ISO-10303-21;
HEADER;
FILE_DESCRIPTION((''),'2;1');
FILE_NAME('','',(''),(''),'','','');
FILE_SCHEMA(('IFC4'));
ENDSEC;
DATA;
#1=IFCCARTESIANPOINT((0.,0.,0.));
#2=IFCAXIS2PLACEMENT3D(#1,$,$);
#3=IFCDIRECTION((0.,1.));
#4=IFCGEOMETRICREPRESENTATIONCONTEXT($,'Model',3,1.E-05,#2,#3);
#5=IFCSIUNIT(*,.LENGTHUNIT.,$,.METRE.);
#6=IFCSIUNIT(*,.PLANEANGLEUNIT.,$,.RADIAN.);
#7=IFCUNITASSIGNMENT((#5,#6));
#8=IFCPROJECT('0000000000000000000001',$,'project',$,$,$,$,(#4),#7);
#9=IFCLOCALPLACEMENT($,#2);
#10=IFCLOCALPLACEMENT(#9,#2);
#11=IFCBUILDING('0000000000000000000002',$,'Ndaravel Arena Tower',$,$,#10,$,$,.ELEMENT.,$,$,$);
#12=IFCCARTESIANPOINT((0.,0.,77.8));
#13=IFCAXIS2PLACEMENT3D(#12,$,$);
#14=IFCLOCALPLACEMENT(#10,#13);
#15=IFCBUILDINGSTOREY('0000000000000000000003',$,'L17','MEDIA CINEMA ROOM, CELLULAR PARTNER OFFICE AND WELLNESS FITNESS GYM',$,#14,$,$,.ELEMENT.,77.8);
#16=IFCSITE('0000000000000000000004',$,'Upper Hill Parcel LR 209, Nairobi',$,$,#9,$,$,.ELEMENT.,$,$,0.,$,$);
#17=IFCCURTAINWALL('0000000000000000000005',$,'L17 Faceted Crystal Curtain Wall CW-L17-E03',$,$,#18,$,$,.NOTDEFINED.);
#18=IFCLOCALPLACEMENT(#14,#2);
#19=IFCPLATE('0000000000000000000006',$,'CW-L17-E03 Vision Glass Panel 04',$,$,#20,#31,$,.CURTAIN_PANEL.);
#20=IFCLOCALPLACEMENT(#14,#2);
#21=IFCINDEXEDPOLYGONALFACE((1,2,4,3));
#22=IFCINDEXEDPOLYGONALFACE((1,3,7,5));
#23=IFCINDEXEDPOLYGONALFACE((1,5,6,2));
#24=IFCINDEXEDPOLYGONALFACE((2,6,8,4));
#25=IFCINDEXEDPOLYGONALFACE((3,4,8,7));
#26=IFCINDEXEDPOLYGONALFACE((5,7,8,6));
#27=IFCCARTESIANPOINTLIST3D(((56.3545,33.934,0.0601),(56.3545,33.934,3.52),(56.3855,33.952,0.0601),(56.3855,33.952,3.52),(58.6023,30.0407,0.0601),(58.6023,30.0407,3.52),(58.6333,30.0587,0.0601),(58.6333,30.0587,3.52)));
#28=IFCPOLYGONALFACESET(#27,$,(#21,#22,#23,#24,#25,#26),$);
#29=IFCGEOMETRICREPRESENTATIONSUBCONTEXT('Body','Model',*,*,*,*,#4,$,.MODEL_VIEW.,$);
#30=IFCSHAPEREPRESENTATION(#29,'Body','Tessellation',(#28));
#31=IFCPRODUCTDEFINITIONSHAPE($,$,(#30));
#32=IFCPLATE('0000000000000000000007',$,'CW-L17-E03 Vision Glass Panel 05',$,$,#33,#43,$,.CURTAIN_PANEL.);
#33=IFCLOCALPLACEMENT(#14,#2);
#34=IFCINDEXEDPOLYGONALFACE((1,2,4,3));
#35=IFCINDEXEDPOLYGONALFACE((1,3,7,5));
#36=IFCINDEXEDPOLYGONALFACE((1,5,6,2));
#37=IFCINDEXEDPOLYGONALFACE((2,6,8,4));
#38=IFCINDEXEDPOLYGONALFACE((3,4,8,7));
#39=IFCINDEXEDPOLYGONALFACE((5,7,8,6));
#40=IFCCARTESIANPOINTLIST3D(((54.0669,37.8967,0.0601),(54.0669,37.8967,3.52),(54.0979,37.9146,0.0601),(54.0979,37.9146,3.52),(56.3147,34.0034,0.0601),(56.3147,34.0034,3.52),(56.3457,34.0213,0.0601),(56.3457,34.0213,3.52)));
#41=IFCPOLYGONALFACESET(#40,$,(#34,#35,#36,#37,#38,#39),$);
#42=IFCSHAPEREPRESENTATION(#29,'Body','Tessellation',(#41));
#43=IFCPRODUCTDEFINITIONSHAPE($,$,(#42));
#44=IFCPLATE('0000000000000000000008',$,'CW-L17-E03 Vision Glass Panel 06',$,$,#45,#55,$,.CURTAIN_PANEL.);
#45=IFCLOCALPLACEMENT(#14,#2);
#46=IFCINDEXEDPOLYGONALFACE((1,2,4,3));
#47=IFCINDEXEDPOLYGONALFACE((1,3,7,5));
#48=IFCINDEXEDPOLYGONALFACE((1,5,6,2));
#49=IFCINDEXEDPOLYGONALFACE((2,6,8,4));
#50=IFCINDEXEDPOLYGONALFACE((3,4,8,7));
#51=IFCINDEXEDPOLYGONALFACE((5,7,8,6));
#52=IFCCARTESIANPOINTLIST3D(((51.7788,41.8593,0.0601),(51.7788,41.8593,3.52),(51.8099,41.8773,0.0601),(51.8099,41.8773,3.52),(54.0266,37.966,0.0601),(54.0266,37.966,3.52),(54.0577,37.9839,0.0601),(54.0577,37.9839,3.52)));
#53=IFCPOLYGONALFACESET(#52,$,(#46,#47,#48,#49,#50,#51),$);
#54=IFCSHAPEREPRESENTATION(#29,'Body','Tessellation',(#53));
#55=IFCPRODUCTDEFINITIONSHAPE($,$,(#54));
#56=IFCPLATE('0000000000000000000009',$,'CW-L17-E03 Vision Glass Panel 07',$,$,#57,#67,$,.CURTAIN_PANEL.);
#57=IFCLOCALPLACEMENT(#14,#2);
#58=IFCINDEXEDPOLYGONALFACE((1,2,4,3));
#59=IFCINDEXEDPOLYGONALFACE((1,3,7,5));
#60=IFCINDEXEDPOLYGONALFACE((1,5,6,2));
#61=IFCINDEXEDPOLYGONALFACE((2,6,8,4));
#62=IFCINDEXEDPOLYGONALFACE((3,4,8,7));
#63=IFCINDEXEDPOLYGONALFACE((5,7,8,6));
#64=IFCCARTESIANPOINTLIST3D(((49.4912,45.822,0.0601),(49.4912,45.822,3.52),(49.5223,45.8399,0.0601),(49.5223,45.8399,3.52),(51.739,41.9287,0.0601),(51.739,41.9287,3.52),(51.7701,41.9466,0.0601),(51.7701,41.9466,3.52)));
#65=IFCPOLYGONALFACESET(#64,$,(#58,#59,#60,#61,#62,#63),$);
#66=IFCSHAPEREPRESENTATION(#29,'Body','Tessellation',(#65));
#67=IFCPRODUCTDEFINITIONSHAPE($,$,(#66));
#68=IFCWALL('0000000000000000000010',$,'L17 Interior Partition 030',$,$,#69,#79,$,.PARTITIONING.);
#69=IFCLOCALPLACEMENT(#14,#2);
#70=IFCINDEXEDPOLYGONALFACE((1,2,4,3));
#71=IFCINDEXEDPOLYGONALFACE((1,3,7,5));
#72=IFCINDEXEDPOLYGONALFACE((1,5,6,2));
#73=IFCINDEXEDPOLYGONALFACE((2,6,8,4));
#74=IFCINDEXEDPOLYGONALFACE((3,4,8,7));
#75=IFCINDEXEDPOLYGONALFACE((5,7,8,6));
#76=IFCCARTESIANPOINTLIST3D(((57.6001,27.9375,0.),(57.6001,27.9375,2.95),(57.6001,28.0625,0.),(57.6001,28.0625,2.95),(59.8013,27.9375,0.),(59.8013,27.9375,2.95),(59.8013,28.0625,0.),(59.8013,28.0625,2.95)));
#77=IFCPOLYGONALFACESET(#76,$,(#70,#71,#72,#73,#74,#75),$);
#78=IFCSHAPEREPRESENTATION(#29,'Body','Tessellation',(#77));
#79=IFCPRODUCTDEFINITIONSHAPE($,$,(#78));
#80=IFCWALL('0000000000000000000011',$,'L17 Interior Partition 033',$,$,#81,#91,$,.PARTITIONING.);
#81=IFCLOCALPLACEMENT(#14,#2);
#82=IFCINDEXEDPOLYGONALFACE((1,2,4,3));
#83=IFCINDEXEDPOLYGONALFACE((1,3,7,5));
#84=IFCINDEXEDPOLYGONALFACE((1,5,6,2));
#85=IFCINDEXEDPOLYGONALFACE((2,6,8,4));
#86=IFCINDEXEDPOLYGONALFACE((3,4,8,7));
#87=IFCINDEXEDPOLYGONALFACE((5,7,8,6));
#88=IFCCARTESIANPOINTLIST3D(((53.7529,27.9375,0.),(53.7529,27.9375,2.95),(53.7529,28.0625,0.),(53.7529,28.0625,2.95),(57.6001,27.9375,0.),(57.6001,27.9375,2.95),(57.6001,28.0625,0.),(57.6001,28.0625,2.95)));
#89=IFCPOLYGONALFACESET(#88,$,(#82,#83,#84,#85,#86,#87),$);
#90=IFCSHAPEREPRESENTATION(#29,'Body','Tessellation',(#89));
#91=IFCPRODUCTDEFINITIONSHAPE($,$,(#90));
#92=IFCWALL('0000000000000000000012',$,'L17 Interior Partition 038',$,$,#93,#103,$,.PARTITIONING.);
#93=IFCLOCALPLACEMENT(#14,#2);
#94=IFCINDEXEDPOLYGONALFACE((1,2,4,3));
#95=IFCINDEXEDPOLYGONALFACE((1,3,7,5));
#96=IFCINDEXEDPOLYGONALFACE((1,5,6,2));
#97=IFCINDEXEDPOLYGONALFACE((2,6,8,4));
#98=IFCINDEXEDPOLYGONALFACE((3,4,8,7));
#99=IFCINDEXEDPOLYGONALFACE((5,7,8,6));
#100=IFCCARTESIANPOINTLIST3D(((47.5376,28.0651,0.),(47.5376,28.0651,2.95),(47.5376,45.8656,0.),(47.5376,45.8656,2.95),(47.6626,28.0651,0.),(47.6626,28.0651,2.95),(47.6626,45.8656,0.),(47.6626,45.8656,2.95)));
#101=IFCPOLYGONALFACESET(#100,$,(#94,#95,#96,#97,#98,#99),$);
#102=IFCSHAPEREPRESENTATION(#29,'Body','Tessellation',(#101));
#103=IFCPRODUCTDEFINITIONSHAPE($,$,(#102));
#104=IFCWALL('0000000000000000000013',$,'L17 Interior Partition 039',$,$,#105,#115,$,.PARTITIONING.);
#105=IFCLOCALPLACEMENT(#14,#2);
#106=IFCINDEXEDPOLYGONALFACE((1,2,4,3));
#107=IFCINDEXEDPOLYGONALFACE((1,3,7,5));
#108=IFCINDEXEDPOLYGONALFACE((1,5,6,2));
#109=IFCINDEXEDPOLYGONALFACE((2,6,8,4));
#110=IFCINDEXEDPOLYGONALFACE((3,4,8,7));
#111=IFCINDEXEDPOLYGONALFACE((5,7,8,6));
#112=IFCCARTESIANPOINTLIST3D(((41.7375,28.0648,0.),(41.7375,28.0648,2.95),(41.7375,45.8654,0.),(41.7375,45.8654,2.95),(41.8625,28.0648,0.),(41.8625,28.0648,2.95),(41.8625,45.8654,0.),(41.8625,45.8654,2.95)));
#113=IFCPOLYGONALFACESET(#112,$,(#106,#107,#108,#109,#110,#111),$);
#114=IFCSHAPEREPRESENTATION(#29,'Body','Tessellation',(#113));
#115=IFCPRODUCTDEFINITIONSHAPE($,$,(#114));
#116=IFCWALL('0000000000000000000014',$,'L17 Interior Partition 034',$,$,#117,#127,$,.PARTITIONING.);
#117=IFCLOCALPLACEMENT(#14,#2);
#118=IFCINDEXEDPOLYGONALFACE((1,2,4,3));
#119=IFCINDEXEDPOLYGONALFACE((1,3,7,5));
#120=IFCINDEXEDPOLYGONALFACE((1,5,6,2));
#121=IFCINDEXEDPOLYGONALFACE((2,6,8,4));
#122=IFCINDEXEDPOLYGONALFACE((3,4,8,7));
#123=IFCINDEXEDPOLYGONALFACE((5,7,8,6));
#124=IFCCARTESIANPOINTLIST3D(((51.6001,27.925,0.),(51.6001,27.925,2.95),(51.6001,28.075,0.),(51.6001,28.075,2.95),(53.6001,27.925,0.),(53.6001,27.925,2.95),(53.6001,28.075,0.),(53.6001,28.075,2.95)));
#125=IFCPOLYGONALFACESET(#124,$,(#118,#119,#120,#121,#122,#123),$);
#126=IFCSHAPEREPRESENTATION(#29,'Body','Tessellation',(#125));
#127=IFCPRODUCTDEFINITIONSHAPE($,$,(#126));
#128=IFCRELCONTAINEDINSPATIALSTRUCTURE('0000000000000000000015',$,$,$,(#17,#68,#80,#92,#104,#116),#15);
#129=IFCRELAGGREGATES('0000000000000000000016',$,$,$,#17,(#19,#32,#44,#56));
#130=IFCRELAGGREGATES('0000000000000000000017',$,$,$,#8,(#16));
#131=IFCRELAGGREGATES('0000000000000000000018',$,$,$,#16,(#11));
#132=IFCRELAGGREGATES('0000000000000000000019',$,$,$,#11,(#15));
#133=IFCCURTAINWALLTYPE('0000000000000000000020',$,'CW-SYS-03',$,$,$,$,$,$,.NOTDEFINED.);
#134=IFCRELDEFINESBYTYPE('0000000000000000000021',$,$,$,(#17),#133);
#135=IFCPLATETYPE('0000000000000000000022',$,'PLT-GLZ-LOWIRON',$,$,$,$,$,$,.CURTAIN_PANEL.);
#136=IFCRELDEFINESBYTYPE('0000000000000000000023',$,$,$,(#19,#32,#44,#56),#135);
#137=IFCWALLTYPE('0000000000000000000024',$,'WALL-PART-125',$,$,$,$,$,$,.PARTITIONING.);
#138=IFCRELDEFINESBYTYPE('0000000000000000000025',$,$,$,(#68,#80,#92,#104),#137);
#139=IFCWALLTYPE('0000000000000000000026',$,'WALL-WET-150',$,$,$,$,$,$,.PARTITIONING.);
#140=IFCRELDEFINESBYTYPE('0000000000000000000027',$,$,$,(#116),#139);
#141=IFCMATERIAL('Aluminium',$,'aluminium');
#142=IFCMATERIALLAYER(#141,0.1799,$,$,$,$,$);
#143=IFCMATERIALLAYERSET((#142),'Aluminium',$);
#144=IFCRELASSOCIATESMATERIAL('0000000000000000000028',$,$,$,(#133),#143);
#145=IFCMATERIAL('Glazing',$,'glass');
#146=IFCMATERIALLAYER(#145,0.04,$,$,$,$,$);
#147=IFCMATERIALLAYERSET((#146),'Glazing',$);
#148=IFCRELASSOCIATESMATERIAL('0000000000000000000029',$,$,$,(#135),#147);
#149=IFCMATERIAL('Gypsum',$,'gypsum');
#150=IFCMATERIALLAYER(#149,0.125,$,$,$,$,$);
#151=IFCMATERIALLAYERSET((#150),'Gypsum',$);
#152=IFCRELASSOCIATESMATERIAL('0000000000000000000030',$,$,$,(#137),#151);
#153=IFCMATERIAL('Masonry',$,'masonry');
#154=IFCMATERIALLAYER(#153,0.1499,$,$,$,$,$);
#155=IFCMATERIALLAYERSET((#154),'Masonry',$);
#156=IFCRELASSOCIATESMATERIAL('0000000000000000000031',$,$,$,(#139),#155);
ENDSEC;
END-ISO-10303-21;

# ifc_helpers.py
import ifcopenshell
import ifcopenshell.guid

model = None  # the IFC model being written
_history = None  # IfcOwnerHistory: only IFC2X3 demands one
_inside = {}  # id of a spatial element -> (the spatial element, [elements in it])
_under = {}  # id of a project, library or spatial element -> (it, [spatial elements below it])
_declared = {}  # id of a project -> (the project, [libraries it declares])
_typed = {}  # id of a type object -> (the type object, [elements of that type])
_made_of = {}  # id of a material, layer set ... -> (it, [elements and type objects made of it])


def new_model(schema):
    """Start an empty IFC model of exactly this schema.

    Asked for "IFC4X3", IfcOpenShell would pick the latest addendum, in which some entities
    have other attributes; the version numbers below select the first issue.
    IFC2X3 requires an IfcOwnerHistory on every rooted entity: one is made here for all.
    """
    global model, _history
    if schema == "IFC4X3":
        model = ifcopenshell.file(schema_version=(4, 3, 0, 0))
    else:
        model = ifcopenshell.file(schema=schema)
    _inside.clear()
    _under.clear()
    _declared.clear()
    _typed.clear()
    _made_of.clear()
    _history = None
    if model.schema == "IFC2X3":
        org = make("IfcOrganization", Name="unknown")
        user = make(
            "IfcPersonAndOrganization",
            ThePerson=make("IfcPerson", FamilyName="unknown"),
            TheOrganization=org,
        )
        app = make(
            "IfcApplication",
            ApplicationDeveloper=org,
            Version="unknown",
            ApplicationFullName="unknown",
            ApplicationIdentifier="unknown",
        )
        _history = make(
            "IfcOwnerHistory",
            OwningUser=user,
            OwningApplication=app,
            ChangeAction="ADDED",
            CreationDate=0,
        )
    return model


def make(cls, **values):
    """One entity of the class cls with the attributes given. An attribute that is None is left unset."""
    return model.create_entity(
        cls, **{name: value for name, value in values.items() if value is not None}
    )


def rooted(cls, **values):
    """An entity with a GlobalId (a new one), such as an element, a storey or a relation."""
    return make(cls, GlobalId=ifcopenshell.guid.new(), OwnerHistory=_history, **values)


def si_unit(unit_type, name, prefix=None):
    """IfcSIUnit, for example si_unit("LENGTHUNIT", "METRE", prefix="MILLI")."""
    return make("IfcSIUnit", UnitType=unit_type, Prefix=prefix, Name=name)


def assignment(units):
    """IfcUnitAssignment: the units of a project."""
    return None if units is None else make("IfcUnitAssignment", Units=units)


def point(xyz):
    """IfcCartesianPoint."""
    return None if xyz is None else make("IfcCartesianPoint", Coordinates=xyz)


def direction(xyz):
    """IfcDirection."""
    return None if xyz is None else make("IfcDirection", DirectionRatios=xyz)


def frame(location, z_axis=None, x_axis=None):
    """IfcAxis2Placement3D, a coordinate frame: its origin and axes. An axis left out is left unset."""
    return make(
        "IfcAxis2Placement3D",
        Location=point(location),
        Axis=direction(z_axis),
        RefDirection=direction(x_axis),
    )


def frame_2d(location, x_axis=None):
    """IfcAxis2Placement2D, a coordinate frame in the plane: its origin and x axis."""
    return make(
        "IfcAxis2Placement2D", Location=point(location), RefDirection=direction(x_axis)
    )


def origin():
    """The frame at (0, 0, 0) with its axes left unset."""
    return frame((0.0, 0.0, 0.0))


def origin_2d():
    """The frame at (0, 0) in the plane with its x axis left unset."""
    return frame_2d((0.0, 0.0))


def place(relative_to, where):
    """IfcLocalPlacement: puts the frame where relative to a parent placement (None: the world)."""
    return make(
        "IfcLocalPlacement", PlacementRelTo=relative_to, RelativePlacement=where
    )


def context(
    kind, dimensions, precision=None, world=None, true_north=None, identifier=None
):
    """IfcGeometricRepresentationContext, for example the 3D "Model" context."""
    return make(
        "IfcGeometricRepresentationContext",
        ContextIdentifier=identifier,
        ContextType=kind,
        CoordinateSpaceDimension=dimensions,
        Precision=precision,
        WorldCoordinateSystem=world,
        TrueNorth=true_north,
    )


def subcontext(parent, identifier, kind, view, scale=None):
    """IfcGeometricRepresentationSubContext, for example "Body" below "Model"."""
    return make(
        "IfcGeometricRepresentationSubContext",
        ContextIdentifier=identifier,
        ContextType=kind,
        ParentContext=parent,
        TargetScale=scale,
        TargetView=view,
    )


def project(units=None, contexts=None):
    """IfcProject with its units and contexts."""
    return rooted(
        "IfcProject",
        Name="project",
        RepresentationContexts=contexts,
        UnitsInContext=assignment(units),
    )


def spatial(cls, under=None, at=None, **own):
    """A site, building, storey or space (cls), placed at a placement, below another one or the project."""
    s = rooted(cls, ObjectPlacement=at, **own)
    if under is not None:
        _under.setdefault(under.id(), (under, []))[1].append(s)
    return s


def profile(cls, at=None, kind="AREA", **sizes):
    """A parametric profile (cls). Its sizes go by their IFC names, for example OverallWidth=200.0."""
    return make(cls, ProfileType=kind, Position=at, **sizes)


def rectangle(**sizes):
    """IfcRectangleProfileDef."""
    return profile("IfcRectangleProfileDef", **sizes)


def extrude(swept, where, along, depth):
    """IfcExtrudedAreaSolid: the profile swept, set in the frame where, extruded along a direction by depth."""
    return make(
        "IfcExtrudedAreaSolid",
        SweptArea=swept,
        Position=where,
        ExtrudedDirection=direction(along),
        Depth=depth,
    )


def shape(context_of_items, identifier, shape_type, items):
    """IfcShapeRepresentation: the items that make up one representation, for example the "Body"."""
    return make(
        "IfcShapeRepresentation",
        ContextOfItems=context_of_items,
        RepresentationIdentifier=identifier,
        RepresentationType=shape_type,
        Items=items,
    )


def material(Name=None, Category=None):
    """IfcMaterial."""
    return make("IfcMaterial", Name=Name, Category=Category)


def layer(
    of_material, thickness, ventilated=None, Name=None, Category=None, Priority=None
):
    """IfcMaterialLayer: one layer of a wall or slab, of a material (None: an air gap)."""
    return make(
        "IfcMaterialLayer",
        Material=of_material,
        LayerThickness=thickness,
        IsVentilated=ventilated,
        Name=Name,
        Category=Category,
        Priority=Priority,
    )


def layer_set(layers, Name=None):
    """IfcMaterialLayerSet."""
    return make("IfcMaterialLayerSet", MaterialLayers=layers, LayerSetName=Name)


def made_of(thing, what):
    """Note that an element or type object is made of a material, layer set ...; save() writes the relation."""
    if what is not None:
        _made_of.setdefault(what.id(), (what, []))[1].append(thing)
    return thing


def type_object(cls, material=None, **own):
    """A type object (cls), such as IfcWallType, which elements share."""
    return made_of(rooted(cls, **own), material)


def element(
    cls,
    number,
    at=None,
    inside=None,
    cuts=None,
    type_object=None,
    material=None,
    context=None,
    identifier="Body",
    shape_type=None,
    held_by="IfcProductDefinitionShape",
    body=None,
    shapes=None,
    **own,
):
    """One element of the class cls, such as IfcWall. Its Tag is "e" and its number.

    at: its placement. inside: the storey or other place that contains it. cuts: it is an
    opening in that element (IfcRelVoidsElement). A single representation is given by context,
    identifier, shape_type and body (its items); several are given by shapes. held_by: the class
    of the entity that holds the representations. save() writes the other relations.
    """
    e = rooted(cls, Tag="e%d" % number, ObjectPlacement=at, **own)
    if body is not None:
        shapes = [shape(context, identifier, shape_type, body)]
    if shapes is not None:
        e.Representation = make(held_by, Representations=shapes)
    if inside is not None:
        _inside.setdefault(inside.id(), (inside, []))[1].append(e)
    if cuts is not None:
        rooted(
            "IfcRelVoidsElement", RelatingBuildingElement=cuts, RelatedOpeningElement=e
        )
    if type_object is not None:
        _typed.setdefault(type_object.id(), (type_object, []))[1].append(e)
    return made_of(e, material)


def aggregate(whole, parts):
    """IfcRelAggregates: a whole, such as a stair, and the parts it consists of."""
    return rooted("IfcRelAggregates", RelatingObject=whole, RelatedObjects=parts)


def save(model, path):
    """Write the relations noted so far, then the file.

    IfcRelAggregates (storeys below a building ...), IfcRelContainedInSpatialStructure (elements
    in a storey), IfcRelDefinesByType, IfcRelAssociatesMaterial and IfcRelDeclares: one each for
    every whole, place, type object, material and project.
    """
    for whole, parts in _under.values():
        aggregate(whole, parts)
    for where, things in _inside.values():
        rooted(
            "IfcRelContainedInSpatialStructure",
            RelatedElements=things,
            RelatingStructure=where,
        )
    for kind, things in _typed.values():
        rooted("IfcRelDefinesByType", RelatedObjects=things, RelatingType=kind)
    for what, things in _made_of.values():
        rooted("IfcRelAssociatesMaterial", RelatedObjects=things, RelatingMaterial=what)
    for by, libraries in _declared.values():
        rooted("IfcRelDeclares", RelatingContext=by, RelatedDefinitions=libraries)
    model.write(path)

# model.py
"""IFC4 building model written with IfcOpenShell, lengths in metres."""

from ifc_helpers import new_model, si_unit, direction, frame, frame_2d, origin, origin_2d, place, context, subcontext, project, spatial, rectangle, extrude, material, layer, layer_set, type_object, element, aggregate, save


model = new_model("IFC4")

# Units and contexts
model_context = context("Model", 3, precision=1e-05, world=origin(), true_north=direction((0.0, 1.0)))
body_context = subcontext(model_context, "Body", "Model", "MODEL_VIEW")
ifc_project = project(units=[si_unit("LENGTHUNIT", "METRE"), si_unit("PLANEANGLEUNIT", "RADIAN")], contexts=[model_context])

# Site, building, storey
site_placement = place(None, origin())
site = spatial("IfcSite", under=ifc_project, at=site_placement, Name="Upper Hill Parcel LR 209, Nairobi", CompositionType="ELEMENT", RefElevation=0.0)
building_placement = place(site_placement, origin())
building = spatial("IfcBuilding", under=site, at=building_placement, Name="Ndaravel Arena Tower", CompositionType="ELEMENT")
storey_placement = place(building_placement, frame((0.0, 0.0, 77.8)))
storey = spatial("IfcBuildingStorey", under=building, at=storey_placement, Name="L17", Description="MEDIA CINEMA ROOM, CELLULAR PARTNER OFFICE AND WELLNESS FITNESS GYM", CompositionType="ELEMENT", Elevation=77.8)

# Curtain wall
ifc_material_1 = material(Name="Aluminium", Category="aluminium")
ifc_layer_1 = layer(ifc_material_1, 0.1799)
ifc_layer_set_1 = layer_set([ifc_layer_1], Name="Aluminium")
curtain_wall_type_1 = type_object("IfcCurtainWallType", Name="CW-SYS-03", PredefinedType="NOTDEFINED", material=ifc_layer_set_1)
curtain_wall_1_placement = place(storey_placement, origin())
curtain_wall_1 = element("IfcCurtainWall", 1, at=curtain_wall_1_placement, inside=storey, type_object=curtain_wall_type_1, Name="L17 Faceted Crystal Curtain Wall CW-L17-E03", PredefinedType="NOTDEFINED")

# Plates
ifc_material_2 = material(Name="Glazing", Category="glass")
ifc_layer_2 = layer(ifc_material_2, 0.04)
ifc_layer_set_2 = layer_set([ifc_layer_2], Name="Glazing")
plate_type_1 = type_object("IfcPlateType", Name="PLT-GLZ-LOWIRON", PredefinedType="CURTAIN_PANEL", material=ifc_layer_set_2)
plate_1_placement = place(storey_placement, frame((57.4939, 31.9963, 0.0601), z_axis=(0.0, 0.0, 1.0), x_axis=(-0.5, 0.866025, 0.0)))
plate_1 = element("IfcPlate", 2, at=plate_1_placement, type_object=plate_type_1, Name="CW-L17-E03 Vision Glass Panel 04", PredefinedType="CURTAIN_PANEL", context=body_context, shape_type="SweptSolid", body=[
    extrude(rectangle(XDim=4.4956, YDim=0.0359, at=origin_2d()), origin(), (0.0, 0.0, 1.0), 3.46),
])
plate_2_placement = place(storey_placement, frame((55.2063, 35.959, 0.0601), z_axis=(0.0, 0.0, 1.0), x_axis=(-0.5, 0.866025, 0.0)))
plate_2 = element("IfcPlate", 3, at=plate_2_placement, type_object=plate_type_1, Name="CW-L17-E03 Vision Glass Panel 05", PredefinedType="CURTAIN_PANEL", context=body_context, shape_type="SweptSolid", body=[
    extrude(rectangle(XDim=4.4956, YDim=0.0359, at=origin_2d()), origin(), (0.0, 0.0, 1.0), 3.46),
])
plate_3_placement = place(storey_placement, frame((52.9182, 39.9216, 0.0601), z_axis=(0.0, 0.0, 1.0), x_axis=(-0.5, 0.866025, 0.0)))
plate_3 = element("IfcPlate", 4, at=plate_3_placement, type_object=plate_type_1, Name="CW-L17-E03 Vision Glass Panel 06", PredefinedType="CURTAIN_PANEL", context=body_context, shape_type="SweptSolid", body=[
    extrude(rectangle(XDim=4.4956, YDim=0.0359, at=origin_2d()), origin(), (0.0, 0.0, 1.0), 3.46),
])
plate_4_placement = place(storey_placement, frame((50.6306, 43.8843, 0.0601), z_axis=(0.0, 0.0, 1.0), x_axis=(-0.5, 0.866025, 0.0)))
plate_4 = element("IfcPlate", 5, at=plate_4_placement, type_object=plate_type_1, Name="CW-L17-E03 Vision Glass Panel 07", PredefinedType="CURTAIN_PANEL", context=body_context, shape_type="SweptSolid", body=[
    extrude(rectangle(XDim=4.4956, YDim=0.0359, at=origin_2d()), origin(), (0.0, 0.0, 1.0), 3.46),
])
aggregate(curtain_wall_1, [plate_1, plate_2, plate_3, plate_4])

# Walls
ifc_material_3 = material(Name="Gypsum", Category="gypsum")
ifc_layer_3 = layer(ifc_material_3, 0.125)
ifc_layer_set_3 = layer_set([ifc_layer_3], Name="Gypsum")
wall_type_1 = type_object("IfcWallType", Name="WALL-PART-125", PredefinedType="PARTITIONING", material=ifc_layer_set_3)
wall_1_placement = place(storey_placement, frame((57.6001, 28.0, 0.0), z_axis=(0.0, 0.0, 1.0), x_axis=(1.0, 0.0, 0.0)))
element("IfcWall", 6, at=wall_1_placement, inside=storey, type_object=wall_type_1, Name="L17 Interior Partition 030", PredefinedType="PARTITIONING", context=body_context, shape_type="SweptSolid", body=[
    extrude(rectangle(XDim=2.2012, YDim=0.125, at=frame_2d((1.1006, 0.0))), origin(), (0.0, 0.0, 1.0), 2.95),
])
wall_2_placement = place(storey_placement, frame((53.7529, 28.0, 0.0), z_axis=(0.0, 0.0, 1.0), x_axis=(1.0, 0.0, 0.0)))
element("IfcWall", 7, at=wall_2_placement, inside=storey, type_object=wall_type_1, Name="L17 Interior Partition 033", PredefinedType="PARTITIONING", context=body_context, shape_type="SweptSolid", body=[
    extrude(rectangle(XDim=3.8472, YDim=0.125, at=frame_2d((1.9236, 0.0))), origin(), (0.0, 0.0, 1.0), 2.95),
])
for number, where, z_axis, x_axis, name in (
    (8, (47.6001, 28.0649, 0.0), (0.0, 0.0, 1.0), (0.0, 1.0, 0.0), "L17 Interior Partition 038"),
    (9, (41.8, 45.8655, 0.0), (0.0, 0.0, 1.0), (0.0, -1.0, 0.0), "L17 Interior Partition 039"),
):
    element("IfcWall", number, at=place(storey_placement, frame(where, z_axis=z_axis, x_axis=x_axis)), inside=storey, type_object=wall_type_1, Name=name, PredefinedType="PARTITIONING", context=body_context, shape_type="SweptSolid", body=[
        extrude(rectangle(XDim=17.8005, YDim=0.125, at=frame_2d((8.9004, 0.0))), origin(), (0.0, 0.0, 1.0), 2.95),
    ])
ifc_material_4 = material(Name="Masonry", Category="masonry")
ifc_layer_4 = layer(ifc_material_4, 0.1499)
ifc_layer_set_4 = layer_set([ifc_layer_4], Name="Masonry")
wall_type_2 = type_object("IfcWallType", Name="WALL-WET-150", PredefinedType="PARTITIONING", material=ifc_layer_set_4)
wall_3_placement = place(storey_placement, frame((51.6001, 28.0, 0.0), z_axis=(0.0, 0.0, 1.0), x_axis=(1.0, 0.0, 0.0)))
element("IfcWall", 10, at=wall_3_placement, inside=storey, type_object=wall_type_2, Name="L17 Interior Partition 034", PredefinedType="PARTITIONING", context=body_context, shape_type="SweptSolid", body=[
    extrude(rectangle(XDim=2.0, YDim=0.1499, at=frame_2d((1.0, 0.0))), origin(), (0.0, 0.0, 1.0), 2.95),
])

save(model, "model.ifc")
